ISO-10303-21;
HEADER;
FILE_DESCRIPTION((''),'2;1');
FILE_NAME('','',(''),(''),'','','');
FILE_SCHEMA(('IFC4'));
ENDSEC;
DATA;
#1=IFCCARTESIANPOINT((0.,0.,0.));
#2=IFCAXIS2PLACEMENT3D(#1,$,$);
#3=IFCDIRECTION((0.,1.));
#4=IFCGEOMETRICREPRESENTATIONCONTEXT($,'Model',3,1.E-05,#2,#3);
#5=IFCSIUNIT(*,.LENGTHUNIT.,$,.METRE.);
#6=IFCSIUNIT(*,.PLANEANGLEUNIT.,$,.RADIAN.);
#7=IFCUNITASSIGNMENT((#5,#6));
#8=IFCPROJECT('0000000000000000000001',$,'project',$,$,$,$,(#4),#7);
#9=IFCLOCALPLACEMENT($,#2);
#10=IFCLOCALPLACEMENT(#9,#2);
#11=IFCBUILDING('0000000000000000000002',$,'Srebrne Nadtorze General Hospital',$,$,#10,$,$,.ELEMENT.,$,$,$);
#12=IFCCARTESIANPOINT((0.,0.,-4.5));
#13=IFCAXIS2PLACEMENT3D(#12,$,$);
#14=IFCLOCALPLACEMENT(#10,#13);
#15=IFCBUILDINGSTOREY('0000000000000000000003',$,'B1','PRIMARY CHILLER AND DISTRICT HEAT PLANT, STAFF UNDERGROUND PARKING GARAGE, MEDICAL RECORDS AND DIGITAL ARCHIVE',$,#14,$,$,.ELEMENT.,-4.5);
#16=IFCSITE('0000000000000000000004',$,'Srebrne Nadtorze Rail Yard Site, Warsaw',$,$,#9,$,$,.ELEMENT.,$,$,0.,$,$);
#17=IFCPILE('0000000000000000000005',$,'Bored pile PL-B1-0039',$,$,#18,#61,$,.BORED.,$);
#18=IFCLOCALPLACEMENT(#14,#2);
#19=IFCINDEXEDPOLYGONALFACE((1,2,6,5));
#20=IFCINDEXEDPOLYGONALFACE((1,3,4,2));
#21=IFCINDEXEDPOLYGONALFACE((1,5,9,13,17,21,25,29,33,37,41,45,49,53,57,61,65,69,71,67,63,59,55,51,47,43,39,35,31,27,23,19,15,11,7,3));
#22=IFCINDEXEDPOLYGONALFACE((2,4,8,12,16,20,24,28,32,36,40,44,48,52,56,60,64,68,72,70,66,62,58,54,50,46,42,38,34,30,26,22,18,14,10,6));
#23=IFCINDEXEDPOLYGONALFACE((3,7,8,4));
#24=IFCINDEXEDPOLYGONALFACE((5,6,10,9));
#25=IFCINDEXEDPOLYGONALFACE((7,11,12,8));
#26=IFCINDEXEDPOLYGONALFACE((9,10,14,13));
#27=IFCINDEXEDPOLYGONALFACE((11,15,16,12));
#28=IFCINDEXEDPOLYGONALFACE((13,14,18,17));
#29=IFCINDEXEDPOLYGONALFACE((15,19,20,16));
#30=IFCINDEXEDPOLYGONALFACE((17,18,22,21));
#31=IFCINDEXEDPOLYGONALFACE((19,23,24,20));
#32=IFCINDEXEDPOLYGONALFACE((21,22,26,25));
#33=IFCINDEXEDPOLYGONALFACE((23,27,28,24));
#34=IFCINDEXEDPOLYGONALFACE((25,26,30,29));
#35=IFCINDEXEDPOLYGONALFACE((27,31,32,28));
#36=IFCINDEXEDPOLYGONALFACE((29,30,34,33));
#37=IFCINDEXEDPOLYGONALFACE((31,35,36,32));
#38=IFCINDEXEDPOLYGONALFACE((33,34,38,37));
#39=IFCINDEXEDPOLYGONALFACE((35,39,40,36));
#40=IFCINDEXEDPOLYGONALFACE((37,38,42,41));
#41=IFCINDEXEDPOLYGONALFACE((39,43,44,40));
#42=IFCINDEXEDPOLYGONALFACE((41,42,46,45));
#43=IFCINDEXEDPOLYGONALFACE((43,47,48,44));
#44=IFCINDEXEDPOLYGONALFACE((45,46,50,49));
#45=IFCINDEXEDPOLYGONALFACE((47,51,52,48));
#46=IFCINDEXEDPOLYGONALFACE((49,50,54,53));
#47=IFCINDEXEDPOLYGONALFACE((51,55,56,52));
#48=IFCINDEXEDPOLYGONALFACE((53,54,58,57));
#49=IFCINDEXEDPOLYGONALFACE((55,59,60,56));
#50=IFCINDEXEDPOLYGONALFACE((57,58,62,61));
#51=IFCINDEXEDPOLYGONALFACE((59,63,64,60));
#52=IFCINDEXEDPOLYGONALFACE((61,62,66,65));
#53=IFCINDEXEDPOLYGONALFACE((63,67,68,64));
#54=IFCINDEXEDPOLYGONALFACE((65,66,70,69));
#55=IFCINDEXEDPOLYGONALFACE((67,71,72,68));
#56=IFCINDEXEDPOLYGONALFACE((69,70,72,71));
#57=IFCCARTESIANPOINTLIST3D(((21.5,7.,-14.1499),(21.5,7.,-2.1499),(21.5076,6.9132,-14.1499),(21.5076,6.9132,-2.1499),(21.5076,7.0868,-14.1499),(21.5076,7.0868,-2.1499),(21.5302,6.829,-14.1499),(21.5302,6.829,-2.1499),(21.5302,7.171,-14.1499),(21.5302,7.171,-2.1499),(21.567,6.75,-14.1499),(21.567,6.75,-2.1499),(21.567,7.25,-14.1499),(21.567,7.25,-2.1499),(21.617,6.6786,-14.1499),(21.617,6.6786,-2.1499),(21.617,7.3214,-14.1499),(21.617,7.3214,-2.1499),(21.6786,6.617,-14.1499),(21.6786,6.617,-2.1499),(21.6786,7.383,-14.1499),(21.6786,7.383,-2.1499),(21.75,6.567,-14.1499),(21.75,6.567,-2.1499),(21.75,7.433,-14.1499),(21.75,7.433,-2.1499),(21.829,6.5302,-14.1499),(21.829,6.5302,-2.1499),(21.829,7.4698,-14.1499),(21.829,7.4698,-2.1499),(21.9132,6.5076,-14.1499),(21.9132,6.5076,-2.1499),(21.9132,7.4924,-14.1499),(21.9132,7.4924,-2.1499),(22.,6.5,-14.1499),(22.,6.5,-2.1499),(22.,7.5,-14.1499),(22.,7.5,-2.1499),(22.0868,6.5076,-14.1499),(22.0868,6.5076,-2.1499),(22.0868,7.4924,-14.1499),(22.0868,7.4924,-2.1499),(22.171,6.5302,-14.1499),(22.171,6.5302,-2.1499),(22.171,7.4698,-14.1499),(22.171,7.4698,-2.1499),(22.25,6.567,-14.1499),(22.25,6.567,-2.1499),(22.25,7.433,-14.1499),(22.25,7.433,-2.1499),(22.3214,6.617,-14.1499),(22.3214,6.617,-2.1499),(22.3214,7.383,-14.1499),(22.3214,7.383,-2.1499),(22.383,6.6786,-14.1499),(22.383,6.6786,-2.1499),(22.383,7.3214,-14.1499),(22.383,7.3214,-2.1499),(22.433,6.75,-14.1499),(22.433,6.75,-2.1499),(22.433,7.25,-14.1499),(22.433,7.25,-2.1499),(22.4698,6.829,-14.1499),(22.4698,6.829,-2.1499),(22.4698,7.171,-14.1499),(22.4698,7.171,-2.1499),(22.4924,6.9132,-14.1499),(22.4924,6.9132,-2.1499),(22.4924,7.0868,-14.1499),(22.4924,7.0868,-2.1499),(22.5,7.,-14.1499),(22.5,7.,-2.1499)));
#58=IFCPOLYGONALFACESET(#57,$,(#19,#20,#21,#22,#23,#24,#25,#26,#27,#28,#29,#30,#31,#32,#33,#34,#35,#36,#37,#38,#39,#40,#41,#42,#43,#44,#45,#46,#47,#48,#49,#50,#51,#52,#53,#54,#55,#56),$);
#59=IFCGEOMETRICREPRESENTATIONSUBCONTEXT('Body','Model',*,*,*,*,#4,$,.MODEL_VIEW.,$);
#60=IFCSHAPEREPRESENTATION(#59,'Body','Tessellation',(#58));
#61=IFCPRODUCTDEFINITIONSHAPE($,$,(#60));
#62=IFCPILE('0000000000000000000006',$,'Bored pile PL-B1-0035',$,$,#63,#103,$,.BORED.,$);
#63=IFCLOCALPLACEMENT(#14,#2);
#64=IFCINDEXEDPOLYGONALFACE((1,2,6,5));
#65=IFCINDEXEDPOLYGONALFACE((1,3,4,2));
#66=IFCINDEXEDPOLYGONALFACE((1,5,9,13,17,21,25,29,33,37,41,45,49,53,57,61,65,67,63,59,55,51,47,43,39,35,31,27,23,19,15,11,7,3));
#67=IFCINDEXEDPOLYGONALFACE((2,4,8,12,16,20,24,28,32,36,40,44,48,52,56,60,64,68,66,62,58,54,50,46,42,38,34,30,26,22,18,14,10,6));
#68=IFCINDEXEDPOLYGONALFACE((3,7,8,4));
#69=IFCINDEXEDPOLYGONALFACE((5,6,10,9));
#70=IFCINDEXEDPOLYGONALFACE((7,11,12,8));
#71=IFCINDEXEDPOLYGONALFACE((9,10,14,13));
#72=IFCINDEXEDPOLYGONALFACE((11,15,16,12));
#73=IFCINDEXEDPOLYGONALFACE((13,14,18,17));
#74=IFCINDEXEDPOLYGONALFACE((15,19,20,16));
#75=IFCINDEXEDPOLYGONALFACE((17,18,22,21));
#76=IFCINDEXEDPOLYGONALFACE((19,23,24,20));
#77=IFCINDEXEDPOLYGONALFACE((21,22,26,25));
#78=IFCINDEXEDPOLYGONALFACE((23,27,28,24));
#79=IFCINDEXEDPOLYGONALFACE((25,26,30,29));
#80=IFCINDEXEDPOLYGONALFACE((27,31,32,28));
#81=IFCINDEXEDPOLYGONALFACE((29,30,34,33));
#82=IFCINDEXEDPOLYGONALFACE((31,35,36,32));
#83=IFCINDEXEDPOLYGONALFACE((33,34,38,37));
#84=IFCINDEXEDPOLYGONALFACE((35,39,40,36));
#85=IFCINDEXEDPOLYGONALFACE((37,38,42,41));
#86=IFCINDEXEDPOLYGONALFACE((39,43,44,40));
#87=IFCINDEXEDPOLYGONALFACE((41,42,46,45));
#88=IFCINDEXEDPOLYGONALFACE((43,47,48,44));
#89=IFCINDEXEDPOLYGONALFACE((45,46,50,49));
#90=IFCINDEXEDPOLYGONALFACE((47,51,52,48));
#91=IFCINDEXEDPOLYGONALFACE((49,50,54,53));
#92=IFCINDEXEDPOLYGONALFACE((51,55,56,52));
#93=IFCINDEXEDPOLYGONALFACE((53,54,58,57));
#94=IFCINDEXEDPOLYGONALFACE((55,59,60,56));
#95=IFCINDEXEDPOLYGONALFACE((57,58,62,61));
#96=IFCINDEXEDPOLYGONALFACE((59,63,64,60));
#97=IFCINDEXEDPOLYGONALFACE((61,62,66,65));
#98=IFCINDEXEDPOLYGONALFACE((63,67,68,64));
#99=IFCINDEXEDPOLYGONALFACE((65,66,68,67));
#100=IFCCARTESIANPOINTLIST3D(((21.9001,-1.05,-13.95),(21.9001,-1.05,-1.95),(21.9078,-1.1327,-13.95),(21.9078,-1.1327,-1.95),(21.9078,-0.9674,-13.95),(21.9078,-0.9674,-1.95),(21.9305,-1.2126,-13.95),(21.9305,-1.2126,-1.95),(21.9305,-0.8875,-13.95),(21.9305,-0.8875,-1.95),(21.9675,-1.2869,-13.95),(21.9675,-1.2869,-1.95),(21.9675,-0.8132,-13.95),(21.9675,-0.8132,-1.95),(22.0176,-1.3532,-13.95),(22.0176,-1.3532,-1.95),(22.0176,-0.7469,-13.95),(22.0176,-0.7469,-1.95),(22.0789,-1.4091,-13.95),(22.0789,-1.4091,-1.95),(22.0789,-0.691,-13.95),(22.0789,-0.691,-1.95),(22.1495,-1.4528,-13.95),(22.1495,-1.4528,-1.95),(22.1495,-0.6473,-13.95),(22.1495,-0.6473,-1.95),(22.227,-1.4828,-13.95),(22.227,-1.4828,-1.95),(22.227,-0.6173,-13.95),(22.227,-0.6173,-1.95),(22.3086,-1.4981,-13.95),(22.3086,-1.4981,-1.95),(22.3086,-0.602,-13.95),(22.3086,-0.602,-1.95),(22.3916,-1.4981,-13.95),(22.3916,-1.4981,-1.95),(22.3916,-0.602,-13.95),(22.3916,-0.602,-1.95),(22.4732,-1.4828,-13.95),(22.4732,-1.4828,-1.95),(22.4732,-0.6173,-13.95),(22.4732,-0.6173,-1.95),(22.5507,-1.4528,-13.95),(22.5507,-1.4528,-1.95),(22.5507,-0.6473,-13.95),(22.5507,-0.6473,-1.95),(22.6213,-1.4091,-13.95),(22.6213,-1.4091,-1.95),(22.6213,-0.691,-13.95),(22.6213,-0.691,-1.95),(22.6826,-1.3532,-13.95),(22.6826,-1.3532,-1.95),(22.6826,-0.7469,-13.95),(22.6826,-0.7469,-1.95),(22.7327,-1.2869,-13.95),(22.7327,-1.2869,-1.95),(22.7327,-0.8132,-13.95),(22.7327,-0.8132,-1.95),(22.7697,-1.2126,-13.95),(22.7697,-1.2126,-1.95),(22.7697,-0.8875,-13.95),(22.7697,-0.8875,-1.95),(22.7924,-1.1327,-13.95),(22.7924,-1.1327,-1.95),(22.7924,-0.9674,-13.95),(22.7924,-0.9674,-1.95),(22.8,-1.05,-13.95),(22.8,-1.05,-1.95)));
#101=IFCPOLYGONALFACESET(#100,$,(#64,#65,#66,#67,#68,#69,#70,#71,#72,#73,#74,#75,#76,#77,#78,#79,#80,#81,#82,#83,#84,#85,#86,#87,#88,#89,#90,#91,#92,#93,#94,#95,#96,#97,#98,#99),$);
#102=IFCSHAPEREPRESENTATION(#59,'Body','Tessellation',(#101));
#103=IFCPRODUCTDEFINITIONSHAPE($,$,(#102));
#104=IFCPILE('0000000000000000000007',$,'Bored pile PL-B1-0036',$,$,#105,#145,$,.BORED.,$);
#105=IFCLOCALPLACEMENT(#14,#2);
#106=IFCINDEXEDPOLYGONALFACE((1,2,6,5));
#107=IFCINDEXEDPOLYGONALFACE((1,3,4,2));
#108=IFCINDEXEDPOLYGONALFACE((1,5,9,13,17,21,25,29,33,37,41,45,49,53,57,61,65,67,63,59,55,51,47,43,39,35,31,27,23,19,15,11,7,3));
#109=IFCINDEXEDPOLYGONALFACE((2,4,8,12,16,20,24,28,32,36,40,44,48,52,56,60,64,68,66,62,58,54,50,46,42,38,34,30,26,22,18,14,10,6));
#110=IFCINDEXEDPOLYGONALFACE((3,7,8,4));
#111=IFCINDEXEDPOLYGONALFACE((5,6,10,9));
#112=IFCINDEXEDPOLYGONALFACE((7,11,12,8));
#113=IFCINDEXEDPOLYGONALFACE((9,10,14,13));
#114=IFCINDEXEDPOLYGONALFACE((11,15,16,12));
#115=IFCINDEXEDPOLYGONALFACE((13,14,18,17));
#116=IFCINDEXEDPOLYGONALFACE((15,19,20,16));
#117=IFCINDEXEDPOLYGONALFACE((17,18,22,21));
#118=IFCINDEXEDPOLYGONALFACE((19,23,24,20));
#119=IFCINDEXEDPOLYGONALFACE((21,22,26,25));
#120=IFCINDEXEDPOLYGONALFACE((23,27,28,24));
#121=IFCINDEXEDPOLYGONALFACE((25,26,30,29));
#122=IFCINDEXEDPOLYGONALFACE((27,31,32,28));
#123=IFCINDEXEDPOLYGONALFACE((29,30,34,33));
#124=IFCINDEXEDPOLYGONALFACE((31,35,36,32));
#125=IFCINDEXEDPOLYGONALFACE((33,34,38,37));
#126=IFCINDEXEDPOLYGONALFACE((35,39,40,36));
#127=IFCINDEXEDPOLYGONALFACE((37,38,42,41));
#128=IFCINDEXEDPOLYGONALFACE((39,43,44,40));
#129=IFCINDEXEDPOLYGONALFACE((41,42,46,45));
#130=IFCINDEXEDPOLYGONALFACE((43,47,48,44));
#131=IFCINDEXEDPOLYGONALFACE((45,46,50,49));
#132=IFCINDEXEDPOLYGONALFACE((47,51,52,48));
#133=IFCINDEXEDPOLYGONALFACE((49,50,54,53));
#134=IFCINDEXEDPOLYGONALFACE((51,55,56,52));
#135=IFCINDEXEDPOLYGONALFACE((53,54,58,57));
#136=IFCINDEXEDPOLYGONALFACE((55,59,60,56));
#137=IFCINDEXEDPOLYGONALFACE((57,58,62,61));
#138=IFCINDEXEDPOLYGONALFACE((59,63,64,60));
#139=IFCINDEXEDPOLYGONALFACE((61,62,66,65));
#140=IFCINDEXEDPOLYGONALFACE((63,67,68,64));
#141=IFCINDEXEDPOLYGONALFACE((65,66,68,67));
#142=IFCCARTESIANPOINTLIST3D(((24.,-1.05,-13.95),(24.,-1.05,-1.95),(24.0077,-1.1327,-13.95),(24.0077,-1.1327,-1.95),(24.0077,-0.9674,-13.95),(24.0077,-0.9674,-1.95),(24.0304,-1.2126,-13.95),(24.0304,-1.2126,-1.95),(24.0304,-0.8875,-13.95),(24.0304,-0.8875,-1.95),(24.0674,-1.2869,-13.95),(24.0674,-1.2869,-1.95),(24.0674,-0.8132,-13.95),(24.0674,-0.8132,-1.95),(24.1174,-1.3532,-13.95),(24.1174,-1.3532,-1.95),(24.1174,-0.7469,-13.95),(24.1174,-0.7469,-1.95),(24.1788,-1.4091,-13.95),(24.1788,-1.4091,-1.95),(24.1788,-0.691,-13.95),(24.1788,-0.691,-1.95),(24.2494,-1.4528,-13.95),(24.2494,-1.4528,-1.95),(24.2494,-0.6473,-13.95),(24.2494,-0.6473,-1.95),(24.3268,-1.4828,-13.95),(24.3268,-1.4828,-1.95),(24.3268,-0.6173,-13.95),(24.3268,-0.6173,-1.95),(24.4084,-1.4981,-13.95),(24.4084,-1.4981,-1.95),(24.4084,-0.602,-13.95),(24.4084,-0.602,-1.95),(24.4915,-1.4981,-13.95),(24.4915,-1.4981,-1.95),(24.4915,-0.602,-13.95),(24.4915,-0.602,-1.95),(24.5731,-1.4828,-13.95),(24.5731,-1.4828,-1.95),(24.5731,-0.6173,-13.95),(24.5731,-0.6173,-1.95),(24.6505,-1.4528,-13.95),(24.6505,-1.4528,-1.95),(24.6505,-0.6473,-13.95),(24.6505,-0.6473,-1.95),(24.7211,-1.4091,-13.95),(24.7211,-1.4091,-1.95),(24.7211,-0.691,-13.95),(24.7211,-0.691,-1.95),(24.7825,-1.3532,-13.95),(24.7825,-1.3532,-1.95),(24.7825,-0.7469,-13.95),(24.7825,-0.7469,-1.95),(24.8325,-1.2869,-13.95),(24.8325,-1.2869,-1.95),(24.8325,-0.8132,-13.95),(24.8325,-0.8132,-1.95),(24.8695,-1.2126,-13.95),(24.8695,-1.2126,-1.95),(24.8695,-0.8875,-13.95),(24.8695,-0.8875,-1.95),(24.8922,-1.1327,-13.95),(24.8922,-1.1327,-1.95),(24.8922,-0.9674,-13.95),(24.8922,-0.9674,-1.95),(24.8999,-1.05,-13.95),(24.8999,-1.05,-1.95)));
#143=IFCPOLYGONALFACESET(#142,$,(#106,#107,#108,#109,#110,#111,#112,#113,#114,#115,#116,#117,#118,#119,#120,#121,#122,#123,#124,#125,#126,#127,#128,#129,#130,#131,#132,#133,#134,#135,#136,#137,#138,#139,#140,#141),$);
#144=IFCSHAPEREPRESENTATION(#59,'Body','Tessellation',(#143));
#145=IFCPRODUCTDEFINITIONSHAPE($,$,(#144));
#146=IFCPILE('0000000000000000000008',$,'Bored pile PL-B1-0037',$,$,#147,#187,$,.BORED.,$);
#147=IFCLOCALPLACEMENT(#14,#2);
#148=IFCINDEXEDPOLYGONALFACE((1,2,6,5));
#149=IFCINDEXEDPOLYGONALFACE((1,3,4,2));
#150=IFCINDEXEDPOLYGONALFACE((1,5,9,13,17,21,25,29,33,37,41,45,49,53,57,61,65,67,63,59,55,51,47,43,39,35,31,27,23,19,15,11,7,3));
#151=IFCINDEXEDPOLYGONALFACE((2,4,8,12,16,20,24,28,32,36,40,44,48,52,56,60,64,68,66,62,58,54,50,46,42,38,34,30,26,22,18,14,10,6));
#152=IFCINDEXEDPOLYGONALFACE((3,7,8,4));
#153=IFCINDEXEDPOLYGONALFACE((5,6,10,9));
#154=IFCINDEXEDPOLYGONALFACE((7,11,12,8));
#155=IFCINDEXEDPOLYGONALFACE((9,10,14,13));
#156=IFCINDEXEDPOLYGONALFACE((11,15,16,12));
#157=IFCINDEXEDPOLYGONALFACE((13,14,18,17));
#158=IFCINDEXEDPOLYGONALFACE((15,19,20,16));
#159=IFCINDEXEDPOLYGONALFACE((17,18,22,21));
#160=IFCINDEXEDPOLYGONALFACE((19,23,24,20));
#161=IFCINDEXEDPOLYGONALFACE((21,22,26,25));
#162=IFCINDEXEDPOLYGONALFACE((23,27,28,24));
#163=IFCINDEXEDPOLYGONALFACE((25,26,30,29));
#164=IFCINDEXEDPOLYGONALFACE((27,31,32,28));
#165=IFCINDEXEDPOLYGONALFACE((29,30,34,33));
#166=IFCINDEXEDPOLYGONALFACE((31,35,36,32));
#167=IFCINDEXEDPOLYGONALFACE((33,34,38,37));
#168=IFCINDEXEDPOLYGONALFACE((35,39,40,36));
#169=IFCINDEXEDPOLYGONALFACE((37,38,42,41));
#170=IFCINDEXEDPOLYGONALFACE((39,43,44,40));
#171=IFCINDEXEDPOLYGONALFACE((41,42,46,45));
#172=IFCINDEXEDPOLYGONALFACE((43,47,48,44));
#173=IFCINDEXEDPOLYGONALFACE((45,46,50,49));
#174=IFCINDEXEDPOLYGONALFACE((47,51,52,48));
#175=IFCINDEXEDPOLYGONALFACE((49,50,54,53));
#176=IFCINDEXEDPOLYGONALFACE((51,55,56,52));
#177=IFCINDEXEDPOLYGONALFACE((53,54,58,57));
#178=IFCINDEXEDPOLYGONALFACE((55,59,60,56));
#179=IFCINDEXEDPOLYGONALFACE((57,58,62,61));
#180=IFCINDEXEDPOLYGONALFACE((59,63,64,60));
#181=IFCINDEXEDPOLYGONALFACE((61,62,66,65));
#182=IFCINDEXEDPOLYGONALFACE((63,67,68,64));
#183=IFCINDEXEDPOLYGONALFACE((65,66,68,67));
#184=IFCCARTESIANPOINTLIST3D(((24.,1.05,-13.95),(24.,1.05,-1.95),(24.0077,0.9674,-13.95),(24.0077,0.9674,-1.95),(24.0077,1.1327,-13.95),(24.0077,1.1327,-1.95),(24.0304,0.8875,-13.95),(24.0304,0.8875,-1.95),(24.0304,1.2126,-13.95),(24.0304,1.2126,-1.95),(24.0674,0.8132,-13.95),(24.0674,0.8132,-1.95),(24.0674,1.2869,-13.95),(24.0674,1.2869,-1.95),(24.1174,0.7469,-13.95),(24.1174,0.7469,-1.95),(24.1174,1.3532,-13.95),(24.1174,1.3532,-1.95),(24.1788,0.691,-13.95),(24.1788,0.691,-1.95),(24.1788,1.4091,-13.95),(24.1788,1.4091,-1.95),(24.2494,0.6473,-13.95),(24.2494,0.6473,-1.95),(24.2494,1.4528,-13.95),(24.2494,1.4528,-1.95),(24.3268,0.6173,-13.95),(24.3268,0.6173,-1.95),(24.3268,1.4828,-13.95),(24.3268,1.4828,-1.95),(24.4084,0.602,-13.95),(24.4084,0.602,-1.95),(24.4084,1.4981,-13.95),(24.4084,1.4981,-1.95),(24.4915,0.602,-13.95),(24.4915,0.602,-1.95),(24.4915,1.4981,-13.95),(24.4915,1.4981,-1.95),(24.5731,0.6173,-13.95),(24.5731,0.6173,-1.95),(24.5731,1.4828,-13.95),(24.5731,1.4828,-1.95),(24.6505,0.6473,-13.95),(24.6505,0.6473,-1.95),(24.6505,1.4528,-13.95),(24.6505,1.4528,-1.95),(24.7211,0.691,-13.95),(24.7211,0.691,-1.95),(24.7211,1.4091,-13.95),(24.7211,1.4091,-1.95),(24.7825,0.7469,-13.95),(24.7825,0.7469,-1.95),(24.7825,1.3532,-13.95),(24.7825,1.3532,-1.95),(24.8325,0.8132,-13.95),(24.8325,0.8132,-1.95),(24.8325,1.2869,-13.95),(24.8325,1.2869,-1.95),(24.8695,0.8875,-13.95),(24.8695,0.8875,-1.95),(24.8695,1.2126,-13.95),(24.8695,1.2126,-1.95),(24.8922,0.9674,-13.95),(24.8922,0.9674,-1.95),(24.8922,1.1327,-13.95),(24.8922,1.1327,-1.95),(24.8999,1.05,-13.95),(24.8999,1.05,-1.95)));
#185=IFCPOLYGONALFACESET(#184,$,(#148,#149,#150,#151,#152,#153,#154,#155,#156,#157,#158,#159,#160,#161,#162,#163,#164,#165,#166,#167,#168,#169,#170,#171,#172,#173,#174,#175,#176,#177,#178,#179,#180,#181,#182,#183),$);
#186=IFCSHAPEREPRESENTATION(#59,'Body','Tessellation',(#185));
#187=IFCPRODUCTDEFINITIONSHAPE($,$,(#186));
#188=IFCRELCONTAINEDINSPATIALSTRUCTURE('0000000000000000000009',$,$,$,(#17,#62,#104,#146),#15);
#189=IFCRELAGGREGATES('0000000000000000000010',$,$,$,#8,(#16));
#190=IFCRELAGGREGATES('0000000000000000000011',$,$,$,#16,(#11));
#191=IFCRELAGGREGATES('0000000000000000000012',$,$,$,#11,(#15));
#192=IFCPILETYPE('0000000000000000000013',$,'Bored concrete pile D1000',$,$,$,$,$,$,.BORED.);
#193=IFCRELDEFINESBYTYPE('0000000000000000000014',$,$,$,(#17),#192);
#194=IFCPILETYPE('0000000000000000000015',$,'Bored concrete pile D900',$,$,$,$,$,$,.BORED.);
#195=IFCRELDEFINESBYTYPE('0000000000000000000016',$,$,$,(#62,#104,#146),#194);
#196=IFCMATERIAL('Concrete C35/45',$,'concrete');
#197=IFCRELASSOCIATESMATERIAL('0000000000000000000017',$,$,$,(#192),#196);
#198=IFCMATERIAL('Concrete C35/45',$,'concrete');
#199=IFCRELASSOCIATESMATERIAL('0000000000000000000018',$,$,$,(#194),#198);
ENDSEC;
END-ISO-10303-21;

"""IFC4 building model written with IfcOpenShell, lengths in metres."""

from ifc_helpers import new_model, si_unit, direction, frame, origin, origin_2d, place, context, subcontext, project, spatial, circle, extrude, material, material_profile, profile_set, type_object, element, save


model = new_model("IFC4")

# Units and contexts
model_context = context("Model", 3, precision=1e-05, world=origin(), true_north=direction((0.0, 1.0)))
body_context = subcontext(model_context, "Body", "Model", "MODEL_VIEW")
ifc_project = project(units=[si_unit("LENGTHUNIT", "METRE"), si_unit("PLANEANGLEUNIT", "RADIAN")], contexts=[model_context])

# Site, building, storey
site_placement = place(None, origin())
site = spatial("IfcSite", under=ifc_project, at=site_placement, Name="Srebrne Nadtorze Rail Yard Site, Warsaw", CompositionType="ELEMENT", RefElevation=0.0)
building_placement = place(site_placement, origin())
building = spatial("IfcBuilding", under=site, at=building_placement, Name="Srebrne Nadtorze General Hospital", CompositionType="ELEMENT")
storey_placement = place(building_placement, frame((0.0, 0.0, -4.5)))
storey = spatial("IfcBuildingStorey", under=building, at=storey_placement, Name="B1", Description="PRIMARY CHILLER AND DISTRICT HEAT PLANT, STAFF UNDERGROUND PARKING GARAGE, MEDICAL RECORDS AND DIGITAL ARCHIVE", CompositionType="ELEMENT", Elevation=-4.5)

# Piles
ifc_material_1 = material(Name="Concrete C35/45", Category="concrete")
ifc_material_profile_1 = material_profile(ifc_material_1, circle(Radius=0.5, at=origin_2d()), Name="PILE-D1000")
ifc_profile_set_1 = profile_set([ifc_material_profile_1], Name="Concrete C35/45")
pile_type_1 = type_object("IfcPileType", Name="Bored concrete pile D1000", PredefinedType="BORED", material=ifc_profile_set_1)
pile_placement = place(storey_placement, frame((22.0, 7.0, -2.1499), z_axis=(0.0, 0.0, -1.0), x_axis=(1.0, 0.0, 0.0)))
element("IfcPile", 1, at=pile_placement, inside=storey, type_object=pile_type_1, Name="Bored pile PL-B1-0039", PredefinedType="BORED", context=body_context, shape_type="SweptSolid", body=[
    extrude(circle(Radius=0.5, at=origin_2d()), origin(), (0.0, 0.0, 1.0), 12.0),
])
ifc_material_2 = material(Name="Concrete C35/45", Category="concrete")
ifc_material_profile_2 = material_profile(ifc_material_2, circle(Radius=0.45, at=origin_2d()), Name="PILE-D900")
ifc_profile_set_2 = profile_set([ifc_material_profile_2], Name="Concrete C35/45")
pile_type_2 = type_object("IfcPileType", Name="Bored concrete pile D900", PredefinedType="BORED", material=ifc_profile_set_2)
for number, where, z_axis, x_axis, name in (
    (2, (22.3501, -1.05, -1.95), (0.0, 0.0, -1.0), (1.0, 0.0, 0.0), "Bored pile PL-B1-0035"),
    (3, (24.45, -1.05, -1.95), (0.0, 0.0, -1.0), (1.0, 0.0, 0.0), "Bored pile PL-B1-0036"),
    (4, (24.45, 1.05, -1.95), (0.0, 0.0, -1.0), (1.0, 0.0, 0.0), "Bored pile PL-B1-0037"),
):
    element("IfcPile", number, at=place(storey_placement, frame(where, z_axis=z_axis, x_axis=x_axis)), inside=storey, type_object=pile_type_2, Name=name, PredefinedType="BORED", context=body_context, shape_type="SweptSolid", body=[
        extrude(circle(Radius=0.45, at=origin_2d()), origin(), (0.0, 0.0, 1.0), 12.0),
    ])

save(model, "model.ifc")
